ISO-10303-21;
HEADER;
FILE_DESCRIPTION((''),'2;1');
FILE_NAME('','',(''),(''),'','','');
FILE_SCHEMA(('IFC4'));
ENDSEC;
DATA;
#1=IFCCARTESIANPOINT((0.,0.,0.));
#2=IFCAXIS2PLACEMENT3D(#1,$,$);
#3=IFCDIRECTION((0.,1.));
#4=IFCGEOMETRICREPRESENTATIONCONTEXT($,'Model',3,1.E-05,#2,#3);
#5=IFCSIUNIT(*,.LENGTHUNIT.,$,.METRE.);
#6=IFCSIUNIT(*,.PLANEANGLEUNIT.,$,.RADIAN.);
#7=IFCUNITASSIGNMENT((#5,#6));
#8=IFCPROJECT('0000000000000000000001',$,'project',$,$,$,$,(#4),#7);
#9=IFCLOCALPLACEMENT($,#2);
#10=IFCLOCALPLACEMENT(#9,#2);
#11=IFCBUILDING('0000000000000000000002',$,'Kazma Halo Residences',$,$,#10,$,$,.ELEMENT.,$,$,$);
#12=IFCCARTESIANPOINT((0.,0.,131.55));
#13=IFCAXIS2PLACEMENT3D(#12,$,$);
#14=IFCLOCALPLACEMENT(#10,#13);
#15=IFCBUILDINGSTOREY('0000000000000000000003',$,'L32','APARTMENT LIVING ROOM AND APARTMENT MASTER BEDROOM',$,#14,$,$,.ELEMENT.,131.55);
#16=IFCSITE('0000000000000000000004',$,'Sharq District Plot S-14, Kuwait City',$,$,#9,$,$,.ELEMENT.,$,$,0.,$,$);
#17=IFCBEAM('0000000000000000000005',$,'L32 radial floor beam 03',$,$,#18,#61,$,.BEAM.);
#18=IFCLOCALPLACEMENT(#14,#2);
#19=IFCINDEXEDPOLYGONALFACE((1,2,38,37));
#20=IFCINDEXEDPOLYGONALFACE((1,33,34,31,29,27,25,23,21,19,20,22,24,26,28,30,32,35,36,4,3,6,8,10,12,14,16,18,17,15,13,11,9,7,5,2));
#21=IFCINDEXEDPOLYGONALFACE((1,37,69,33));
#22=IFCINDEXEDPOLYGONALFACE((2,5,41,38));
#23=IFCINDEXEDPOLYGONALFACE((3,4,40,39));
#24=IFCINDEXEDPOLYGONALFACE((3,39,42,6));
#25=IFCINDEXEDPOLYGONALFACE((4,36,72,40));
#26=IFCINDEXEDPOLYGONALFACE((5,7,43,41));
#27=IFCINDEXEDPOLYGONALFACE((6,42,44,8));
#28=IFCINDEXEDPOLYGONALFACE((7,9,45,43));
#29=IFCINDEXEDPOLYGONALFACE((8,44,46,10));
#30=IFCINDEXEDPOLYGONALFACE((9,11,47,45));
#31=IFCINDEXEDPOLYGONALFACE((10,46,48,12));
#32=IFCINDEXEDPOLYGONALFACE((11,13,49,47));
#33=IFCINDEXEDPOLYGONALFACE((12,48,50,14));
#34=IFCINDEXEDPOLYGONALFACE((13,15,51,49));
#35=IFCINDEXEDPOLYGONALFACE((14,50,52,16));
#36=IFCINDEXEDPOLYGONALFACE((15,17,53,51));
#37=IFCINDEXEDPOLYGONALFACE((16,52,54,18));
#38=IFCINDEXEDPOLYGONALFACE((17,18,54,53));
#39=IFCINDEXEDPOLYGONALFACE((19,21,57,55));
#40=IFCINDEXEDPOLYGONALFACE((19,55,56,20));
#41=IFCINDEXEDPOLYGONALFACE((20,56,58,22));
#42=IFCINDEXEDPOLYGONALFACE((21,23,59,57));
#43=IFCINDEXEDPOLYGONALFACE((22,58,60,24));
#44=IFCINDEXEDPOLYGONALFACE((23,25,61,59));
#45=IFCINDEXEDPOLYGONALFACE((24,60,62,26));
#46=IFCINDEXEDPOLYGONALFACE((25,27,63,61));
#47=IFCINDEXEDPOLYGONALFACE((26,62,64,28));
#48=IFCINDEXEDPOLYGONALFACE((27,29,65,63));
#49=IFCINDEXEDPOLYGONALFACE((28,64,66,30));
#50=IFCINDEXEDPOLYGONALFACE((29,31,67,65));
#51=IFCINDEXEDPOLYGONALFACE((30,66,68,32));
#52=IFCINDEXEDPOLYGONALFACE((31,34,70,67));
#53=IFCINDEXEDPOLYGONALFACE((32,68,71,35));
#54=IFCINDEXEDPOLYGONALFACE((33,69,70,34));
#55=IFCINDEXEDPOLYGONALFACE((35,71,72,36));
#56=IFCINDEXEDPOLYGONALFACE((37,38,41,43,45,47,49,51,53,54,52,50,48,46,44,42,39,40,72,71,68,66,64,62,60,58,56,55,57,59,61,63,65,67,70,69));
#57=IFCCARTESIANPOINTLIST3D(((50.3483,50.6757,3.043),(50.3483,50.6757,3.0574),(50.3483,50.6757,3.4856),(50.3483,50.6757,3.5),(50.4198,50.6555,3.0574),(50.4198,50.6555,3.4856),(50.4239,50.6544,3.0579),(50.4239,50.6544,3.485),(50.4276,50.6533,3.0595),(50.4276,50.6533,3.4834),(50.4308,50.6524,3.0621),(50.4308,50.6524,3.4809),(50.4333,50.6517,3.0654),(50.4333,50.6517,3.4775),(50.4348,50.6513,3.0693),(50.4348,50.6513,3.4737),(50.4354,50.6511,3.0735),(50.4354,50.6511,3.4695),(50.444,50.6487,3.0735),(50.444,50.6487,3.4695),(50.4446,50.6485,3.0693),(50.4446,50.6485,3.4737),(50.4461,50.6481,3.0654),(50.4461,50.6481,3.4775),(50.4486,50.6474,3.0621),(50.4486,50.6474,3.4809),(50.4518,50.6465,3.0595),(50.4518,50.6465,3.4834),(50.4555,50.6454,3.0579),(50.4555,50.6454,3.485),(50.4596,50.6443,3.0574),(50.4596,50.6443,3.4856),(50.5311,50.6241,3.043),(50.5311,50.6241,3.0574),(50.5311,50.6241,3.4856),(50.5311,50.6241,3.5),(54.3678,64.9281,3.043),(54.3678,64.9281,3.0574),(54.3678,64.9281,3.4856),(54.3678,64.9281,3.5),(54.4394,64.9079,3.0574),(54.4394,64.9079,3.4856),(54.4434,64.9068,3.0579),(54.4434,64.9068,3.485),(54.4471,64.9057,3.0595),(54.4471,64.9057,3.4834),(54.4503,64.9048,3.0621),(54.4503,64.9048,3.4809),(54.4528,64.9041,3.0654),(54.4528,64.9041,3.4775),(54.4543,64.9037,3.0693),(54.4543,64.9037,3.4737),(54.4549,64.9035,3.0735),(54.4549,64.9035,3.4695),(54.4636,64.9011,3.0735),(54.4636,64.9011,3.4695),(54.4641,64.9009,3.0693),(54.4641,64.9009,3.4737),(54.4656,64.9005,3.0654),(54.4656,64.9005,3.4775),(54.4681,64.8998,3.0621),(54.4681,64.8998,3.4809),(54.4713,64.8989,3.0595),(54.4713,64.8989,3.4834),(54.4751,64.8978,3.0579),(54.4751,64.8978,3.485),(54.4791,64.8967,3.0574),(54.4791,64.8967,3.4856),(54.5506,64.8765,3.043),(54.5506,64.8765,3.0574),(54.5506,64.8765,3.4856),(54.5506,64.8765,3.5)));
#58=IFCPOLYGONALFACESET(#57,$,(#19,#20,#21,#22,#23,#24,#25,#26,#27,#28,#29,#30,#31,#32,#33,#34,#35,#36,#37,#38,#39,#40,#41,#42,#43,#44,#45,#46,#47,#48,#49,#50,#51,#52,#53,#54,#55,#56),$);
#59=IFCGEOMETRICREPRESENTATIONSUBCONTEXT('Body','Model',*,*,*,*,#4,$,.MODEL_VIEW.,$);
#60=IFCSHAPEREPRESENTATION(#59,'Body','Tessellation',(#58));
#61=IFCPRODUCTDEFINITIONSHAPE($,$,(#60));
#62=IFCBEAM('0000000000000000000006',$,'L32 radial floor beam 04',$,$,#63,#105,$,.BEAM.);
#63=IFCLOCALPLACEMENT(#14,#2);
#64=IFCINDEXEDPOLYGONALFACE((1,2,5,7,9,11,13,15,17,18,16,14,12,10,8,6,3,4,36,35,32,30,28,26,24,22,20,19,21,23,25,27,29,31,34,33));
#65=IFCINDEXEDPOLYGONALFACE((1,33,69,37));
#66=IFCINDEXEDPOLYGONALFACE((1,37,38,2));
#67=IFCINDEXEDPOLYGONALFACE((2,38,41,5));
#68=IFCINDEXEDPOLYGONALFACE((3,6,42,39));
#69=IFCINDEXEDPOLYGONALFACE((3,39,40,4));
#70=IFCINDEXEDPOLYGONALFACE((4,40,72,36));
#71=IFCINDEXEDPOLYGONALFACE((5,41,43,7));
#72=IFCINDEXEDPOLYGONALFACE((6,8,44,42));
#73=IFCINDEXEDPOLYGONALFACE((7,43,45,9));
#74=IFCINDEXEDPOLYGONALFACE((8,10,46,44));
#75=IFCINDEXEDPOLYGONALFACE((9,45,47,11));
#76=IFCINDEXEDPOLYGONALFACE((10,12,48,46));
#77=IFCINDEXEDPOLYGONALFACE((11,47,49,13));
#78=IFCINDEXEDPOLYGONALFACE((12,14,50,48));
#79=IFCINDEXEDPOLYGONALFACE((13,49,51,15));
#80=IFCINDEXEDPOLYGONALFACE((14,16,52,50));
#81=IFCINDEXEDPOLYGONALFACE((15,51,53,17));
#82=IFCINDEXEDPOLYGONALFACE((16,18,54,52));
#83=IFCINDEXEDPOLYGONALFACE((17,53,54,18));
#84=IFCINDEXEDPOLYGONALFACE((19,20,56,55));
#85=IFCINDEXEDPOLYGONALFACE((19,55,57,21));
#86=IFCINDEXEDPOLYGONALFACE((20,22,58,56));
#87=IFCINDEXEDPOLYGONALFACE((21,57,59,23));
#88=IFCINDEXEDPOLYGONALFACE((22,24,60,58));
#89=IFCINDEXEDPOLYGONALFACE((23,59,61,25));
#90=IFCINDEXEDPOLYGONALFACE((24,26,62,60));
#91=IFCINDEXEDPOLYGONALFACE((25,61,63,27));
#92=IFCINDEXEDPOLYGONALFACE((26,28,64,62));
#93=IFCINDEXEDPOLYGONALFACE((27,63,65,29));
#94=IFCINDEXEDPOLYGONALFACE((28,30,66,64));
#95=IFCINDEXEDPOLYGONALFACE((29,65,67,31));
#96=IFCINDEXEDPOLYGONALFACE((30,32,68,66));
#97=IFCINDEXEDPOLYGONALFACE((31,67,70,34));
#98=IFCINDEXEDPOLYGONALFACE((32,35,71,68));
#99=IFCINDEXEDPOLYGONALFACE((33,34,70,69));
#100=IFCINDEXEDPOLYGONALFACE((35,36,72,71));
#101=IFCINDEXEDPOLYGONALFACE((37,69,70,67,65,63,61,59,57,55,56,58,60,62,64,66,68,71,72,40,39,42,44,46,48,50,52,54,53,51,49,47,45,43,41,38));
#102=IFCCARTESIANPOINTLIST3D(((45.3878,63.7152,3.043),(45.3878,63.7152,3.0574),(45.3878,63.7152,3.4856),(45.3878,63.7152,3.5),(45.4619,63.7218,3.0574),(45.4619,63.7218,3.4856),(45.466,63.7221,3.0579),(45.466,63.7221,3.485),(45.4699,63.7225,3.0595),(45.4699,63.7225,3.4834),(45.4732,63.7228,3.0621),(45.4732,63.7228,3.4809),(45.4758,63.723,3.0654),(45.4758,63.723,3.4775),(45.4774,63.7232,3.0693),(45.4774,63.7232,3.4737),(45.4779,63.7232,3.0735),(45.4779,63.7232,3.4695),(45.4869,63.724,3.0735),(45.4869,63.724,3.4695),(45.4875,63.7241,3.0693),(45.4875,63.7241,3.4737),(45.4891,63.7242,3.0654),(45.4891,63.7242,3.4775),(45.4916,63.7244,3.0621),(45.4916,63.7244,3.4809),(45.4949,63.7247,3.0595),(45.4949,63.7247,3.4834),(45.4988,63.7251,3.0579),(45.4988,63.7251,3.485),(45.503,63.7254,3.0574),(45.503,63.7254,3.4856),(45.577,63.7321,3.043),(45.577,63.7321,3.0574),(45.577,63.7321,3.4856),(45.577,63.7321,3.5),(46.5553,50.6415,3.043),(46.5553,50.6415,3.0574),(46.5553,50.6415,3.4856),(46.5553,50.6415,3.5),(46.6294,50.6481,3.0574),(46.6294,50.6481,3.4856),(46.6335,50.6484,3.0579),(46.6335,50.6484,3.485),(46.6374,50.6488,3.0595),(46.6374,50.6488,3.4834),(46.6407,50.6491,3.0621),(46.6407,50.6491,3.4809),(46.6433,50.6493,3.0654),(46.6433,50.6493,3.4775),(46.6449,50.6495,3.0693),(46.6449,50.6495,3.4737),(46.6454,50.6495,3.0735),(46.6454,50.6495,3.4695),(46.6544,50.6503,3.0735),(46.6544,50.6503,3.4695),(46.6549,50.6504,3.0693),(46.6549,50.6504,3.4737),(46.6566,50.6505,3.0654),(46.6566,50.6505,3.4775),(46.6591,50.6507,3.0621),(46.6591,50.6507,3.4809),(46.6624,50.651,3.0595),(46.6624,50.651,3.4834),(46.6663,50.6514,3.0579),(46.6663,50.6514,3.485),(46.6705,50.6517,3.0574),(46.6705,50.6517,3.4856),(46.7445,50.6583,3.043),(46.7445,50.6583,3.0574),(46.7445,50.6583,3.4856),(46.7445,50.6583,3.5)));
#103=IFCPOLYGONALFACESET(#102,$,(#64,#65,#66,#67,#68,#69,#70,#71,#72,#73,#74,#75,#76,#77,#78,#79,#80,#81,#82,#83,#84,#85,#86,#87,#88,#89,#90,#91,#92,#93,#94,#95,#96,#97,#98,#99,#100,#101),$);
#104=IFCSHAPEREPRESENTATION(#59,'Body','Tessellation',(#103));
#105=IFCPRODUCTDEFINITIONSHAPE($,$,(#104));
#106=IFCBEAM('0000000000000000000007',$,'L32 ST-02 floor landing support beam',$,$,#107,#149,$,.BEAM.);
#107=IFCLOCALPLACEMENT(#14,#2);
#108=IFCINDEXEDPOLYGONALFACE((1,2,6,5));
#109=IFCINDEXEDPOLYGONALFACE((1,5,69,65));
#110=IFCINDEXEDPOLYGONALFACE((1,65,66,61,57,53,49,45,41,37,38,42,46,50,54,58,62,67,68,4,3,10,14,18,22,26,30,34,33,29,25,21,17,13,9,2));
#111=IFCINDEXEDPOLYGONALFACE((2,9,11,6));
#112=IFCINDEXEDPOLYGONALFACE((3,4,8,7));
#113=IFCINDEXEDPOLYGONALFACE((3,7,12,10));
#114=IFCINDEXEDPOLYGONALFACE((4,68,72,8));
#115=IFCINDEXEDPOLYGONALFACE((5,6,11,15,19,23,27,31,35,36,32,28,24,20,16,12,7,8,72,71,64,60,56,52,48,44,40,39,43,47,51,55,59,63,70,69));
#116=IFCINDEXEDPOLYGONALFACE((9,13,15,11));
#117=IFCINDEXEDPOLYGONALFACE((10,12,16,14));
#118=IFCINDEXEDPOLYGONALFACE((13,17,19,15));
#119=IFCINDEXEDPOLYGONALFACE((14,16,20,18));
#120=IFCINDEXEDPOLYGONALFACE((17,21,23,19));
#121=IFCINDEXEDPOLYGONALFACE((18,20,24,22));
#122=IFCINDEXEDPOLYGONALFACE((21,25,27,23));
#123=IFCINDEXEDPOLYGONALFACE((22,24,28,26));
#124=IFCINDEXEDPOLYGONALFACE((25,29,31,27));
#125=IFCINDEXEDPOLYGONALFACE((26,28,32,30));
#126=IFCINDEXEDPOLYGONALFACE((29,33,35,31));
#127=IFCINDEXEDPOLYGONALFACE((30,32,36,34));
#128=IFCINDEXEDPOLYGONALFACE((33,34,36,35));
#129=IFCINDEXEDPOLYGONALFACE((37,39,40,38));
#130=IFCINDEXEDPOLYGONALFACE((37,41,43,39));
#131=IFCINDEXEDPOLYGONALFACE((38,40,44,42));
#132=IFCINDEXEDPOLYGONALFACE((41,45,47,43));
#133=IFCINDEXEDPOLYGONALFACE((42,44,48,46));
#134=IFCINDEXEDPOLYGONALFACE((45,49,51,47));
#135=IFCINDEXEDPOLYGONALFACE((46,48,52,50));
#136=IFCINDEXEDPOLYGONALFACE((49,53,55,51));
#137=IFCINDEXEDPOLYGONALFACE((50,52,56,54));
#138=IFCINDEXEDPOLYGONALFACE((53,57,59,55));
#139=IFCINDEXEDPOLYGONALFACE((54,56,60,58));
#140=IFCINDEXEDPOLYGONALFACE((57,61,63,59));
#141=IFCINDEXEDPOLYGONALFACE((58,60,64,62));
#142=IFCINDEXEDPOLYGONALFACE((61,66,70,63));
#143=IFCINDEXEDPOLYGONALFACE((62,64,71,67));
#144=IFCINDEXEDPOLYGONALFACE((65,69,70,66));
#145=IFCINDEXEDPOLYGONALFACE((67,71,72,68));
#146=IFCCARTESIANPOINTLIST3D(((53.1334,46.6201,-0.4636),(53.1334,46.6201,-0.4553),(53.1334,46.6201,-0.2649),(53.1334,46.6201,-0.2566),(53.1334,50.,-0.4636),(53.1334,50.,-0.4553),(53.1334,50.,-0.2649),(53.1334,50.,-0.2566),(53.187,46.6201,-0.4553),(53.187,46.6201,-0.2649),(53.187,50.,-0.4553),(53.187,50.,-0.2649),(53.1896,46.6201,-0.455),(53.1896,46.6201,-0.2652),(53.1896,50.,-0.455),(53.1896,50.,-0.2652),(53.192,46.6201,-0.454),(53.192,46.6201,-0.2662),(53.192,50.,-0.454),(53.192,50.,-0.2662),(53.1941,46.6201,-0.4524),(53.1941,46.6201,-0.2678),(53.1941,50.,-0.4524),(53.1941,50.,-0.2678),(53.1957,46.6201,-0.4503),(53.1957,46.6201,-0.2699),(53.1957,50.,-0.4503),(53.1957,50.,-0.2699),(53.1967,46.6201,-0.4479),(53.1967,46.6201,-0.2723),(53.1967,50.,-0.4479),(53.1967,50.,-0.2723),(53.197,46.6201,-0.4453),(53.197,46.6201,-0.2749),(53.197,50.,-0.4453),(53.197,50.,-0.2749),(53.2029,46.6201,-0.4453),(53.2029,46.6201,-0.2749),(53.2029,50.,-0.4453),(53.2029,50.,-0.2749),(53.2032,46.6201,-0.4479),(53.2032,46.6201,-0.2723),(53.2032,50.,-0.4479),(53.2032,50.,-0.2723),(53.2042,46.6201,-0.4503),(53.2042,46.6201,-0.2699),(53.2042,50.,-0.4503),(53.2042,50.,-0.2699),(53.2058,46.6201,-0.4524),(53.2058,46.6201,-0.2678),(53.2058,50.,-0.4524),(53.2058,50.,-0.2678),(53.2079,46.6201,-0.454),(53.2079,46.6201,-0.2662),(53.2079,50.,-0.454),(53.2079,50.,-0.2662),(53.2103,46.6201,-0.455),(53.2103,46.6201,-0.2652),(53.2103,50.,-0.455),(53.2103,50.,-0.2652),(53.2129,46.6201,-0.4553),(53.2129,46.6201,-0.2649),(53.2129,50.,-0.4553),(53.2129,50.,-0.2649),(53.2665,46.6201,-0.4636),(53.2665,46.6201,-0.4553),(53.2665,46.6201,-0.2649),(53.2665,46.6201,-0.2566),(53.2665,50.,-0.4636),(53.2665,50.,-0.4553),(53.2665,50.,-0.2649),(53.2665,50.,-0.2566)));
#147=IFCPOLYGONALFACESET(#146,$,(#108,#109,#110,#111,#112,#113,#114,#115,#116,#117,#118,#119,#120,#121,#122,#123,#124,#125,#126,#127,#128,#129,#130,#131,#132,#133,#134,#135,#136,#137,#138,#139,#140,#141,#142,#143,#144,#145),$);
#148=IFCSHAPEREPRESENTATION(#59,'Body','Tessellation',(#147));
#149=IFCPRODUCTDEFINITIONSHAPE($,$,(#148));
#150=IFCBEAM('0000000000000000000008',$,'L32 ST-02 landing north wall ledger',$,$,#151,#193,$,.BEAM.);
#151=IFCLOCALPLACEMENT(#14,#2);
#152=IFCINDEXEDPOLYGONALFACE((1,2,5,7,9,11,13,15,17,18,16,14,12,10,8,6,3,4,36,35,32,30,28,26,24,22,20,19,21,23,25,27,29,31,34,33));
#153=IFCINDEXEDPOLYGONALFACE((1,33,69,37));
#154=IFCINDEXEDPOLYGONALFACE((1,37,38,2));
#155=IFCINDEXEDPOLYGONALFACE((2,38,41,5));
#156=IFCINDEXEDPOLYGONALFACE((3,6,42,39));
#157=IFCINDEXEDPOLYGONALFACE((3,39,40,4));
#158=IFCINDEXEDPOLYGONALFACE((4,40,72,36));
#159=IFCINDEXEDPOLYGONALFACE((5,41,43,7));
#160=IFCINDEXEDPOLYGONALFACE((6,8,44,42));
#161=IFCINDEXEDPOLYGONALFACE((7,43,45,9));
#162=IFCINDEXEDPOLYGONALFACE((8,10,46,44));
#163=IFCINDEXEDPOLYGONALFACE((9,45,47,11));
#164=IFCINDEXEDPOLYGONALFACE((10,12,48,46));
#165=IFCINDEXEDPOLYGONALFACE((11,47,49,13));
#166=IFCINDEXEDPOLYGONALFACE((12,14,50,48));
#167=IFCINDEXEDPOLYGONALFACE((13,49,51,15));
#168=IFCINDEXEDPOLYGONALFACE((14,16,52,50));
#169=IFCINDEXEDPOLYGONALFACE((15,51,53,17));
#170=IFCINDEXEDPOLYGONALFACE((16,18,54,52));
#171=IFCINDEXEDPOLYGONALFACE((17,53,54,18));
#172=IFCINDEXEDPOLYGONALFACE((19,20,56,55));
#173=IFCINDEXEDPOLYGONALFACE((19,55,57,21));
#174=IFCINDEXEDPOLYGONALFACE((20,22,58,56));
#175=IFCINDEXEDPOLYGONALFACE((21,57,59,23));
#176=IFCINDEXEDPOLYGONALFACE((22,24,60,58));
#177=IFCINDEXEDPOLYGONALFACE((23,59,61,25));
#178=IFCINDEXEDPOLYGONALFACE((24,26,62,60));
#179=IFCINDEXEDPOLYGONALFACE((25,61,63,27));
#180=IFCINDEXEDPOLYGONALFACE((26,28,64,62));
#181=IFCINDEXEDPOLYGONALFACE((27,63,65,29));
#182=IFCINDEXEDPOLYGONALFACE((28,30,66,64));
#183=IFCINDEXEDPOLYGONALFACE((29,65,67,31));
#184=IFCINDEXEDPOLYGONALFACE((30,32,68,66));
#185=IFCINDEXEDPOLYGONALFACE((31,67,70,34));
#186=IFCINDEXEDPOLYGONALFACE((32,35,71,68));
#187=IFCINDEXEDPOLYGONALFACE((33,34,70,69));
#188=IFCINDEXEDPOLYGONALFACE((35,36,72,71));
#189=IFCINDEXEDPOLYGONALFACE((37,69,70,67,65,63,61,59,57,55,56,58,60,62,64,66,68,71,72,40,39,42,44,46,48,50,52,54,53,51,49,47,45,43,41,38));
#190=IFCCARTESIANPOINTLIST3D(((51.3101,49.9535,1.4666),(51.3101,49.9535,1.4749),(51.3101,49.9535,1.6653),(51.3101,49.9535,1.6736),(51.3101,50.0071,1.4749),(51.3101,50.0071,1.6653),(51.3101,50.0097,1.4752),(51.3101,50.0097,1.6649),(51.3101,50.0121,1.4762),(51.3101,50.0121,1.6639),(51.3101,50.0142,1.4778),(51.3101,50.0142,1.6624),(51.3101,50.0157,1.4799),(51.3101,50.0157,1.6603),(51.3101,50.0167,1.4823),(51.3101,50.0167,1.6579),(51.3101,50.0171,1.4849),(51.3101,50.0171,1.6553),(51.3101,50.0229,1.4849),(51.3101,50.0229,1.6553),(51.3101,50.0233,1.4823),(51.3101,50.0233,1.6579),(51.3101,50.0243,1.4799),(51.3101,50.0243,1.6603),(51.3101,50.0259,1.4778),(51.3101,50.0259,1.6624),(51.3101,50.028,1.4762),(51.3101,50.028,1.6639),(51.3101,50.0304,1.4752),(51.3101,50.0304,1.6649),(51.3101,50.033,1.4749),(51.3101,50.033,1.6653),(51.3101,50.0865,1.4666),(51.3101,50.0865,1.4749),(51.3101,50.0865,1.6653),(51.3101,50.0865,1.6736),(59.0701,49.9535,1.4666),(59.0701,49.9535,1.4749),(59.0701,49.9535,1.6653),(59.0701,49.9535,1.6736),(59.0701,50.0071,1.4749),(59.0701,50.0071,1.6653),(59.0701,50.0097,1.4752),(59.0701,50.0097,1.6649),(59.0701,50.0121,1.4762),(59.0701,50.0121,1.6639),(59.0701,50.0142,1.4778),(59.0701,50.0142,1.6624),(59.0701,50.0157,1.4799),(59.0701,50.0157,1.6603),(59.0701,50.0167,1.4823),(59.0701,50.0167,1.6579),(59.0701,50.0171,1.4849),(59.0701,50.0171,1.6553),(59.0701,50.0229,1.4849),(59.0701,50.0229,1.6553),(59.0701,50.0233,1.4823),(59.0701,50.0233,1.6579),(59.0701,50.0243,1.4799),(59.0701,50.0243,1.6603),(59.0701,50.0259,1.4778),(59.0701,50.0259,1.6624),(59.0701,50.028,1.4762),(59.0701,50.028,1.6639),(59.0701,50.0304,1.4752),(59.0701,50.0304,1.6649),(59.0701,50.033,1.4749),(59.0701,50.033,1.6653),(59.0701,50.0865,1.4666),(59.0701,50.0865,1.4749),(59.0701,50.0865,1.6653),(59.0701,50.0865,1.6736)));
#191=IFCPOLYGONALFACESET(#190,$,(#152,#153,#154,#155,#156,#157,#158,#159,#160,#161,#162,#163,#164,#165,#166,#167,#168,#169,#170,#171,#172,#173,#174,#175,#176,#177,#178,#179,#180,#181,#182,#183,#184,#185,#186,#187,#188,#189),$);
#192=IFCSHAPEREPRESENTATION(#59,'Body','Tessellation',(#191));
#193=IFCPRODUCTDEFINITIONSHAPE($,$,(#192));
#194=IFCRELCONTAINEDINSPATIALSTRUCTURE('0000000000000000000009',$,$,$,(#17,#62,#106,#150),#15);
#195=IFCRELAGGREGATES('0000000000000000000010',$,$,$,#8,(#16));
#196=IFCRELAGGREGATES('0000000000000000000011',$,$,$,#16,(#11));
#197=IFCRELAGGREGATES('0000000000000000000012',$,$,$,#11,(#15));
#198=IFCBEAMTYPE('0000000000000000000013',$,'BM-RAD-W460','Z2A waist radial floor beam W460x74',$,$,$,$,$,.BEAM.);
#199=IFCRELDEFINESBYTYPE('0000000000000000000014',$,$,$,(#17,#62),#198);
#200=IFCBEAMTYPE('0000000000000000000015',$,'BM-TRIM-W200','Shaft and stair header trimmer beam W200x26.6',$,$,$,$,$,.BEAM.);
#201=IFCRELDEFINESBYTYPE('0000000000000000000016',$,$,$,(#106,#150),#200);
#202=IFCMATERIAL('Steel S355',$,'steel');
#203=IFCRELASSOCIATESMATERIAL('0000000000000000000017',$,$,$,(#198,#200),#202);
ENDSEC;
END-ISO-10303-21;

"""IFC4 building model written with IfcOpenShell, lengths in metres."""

from ifc_helpers import new_model, si_unit, direction, frame, origin, origin_2d, place, context, subcontext, project, spatial, i_section, extrude, material, material_profile, profile_set, type_object, element, save


model = new_model("IFC4")

# Units and contexts
model_context = context("Model", 3, precision=1e-05, world=origin(), true_north=direction((0.0, 1.0)))
body_context = subcontext(model_context, "Body", "Model", "MODEL_VIEW")
ifc_project = project(units=[si_unit("LENGTHUNIT", "METRE"), si_unit("PLANEANGLEUNIT", "RADIAN")], contexts=[model_context])

# Site, building, storey
site_placement = place(None, origin())
site = spatial("IfcSite", under=ifc_project, at=site_placement, Name="Sharq District Plot S-14, Kuwait City", CompositionType="ELEMENT", RefElevation=0.0)
building_placement = place(site_placement, origin())
building = spatial("IfcBuilding", under=site, at=building_placement, Name="Kazma Halo Residences", CompositionType="ELEMENT")
storey_placement = place(building_placement, frame((0.0, 0.0, 131.55)))
storey = spatial("IfcBuildingStorey", under=building, at=storey_placement, Name="L32", Description="APARTMENT LIVING ROOM AND APARTMENT MASTER BEDROOM", CompositionType="ELEMENT", Elevation=131.55)

# Shared definitions
ifc_material_1 = material(Name="Steel S355", Category="steel")

# Beams
ifc_material_profile_1 = material_profile(ifc_material_1, i_section(OverallWidth=0.1899, OverallDepth=0.457, WebThickness=0.009, FlangeThickness=0.0144, FilletRadius=0.0161, at=origin_2d()), Name="W460x74")
ifc_profile_set_1 = profile_set([ifc_material_profile_1], Name="Steel S355")
beam_type_1 = type_object("IfcBeamType", Name="BM-RAD-W460", Description="Z2A waist radial floor beam W460x74", PredefinedType="BEAM", material=ifc_profile_set_1)
beam_1_placement = place(storey_placement, frame((50.4397, 50.6499, 3.2715), z_axis=(0.271436, 0.962457, 0.0), x_axis=(-0.962457, 0.271436, 0.0)))
element("IfcBeam", 1, at=beam_1_placement, inside=storey, type_object=beam_type_1, Name="L32 radial floor beam 03", PredefinedType="BEAM", context=body_context, shape_type="SweptSolid", body=[
    extrude(i_section(OverallWidth=0.1899, OverallDepth=0.457, WebThickness=0.009, FlangeThickness=0.0144, FilletRadius=0.0161, at=origin_2d()), origin(), (0.0, 0.0, 1.0), 14.8083),
])
beam_2_placement = place(storey_placement, frame((46.6499, 50.6499, 3.2715), z_axis=(-0.088946, 0.996036, 0.0), x_axis=(-0.996036, -0.088946, 0.0)))
element("IfcBeam", 2, at=beam_2_placement, inside=storey, type_object=beam_type_1, Name="L32 radial floor beam 04", PredefinedType="BEAM", context=body_context, shape_type="SweptSolid", body=[
    extrude(i_section(OverallWidth=0.1899, OverallDepth=0.457, WebThickness=0.009, FlangeThickness=0.0144, FilletRadius=0.0161, at=origin_2d()), origin(), (0.0, 0.0, 1.0), 13.1257),
])
ifc_material_profile_2 = material_profile(ifc_material_1, i_section(OverallWidth=0.1331, OverallDepth=0.207, WebThickness=0.0059, FlangeThickness=0.0083, FilletRadius=0.01, at=origin_2d()), Name="W200x26.6")
ifc_profile_set_2 = profile_set([ifc_material_profile_2], Name="Steel S355")
beam_type_2 = type_object("IfcBeamType", Name="BM-TRIM-W200", Description="Shaft and stair header trimmer beam W200x26.6", PredefinedType="BEAM", material=ifc_profile_set_2)
beam_3_placement = place(storey_placement, frame((53.2, 46.6201, -0.3601), z_axis=(0.0, 1.0, 0.0), x_axis=(-1.0, 0.0, 0.0)))
element("IfcBeam", 3, at=beam_3_placement, inside=storey, type_object=beam_type_2, Name="L32 ST-02 floor landing support beam", PredefinedType="BEAM", context=body_context, shape_type="SweptSolid", body=[
    extrude(i_section(OverallWidth=0.1331, OverallDepth=0.207, WebThickness=0.0059, FlangeThickness=0.0083, FilletRadius=0.01, at=origin_2d()), origin(), (0.0, 0.0, 1.0), 3.3799),
])
beam_4_placement = place(storey_placement, frame((51.3101, 50.02, 1.5701), z_axis=(1.0, 0.0, 0.0), x_axis=(0.0, 1.0, 0.0)))
element("IfcBeam", 4, at=beam_4_placement, inside=storey, type_object=beam_type_2, Name="L32 ST-02 landing north wall ledger", PredefinedType="BEAM", context=body_context, shape_type="SweptSolid", body=[
    extrude(i_section(OverallWidth=0.1331, OverallDepth=0.207, WebThickness=0.0059, FlangeThickness=0.0083, FilletRadius=0.01, at=origin_2d()), origin(), (0.0, 0.0, 1.0), 7.76),
])

save(model, "model.ifc")
